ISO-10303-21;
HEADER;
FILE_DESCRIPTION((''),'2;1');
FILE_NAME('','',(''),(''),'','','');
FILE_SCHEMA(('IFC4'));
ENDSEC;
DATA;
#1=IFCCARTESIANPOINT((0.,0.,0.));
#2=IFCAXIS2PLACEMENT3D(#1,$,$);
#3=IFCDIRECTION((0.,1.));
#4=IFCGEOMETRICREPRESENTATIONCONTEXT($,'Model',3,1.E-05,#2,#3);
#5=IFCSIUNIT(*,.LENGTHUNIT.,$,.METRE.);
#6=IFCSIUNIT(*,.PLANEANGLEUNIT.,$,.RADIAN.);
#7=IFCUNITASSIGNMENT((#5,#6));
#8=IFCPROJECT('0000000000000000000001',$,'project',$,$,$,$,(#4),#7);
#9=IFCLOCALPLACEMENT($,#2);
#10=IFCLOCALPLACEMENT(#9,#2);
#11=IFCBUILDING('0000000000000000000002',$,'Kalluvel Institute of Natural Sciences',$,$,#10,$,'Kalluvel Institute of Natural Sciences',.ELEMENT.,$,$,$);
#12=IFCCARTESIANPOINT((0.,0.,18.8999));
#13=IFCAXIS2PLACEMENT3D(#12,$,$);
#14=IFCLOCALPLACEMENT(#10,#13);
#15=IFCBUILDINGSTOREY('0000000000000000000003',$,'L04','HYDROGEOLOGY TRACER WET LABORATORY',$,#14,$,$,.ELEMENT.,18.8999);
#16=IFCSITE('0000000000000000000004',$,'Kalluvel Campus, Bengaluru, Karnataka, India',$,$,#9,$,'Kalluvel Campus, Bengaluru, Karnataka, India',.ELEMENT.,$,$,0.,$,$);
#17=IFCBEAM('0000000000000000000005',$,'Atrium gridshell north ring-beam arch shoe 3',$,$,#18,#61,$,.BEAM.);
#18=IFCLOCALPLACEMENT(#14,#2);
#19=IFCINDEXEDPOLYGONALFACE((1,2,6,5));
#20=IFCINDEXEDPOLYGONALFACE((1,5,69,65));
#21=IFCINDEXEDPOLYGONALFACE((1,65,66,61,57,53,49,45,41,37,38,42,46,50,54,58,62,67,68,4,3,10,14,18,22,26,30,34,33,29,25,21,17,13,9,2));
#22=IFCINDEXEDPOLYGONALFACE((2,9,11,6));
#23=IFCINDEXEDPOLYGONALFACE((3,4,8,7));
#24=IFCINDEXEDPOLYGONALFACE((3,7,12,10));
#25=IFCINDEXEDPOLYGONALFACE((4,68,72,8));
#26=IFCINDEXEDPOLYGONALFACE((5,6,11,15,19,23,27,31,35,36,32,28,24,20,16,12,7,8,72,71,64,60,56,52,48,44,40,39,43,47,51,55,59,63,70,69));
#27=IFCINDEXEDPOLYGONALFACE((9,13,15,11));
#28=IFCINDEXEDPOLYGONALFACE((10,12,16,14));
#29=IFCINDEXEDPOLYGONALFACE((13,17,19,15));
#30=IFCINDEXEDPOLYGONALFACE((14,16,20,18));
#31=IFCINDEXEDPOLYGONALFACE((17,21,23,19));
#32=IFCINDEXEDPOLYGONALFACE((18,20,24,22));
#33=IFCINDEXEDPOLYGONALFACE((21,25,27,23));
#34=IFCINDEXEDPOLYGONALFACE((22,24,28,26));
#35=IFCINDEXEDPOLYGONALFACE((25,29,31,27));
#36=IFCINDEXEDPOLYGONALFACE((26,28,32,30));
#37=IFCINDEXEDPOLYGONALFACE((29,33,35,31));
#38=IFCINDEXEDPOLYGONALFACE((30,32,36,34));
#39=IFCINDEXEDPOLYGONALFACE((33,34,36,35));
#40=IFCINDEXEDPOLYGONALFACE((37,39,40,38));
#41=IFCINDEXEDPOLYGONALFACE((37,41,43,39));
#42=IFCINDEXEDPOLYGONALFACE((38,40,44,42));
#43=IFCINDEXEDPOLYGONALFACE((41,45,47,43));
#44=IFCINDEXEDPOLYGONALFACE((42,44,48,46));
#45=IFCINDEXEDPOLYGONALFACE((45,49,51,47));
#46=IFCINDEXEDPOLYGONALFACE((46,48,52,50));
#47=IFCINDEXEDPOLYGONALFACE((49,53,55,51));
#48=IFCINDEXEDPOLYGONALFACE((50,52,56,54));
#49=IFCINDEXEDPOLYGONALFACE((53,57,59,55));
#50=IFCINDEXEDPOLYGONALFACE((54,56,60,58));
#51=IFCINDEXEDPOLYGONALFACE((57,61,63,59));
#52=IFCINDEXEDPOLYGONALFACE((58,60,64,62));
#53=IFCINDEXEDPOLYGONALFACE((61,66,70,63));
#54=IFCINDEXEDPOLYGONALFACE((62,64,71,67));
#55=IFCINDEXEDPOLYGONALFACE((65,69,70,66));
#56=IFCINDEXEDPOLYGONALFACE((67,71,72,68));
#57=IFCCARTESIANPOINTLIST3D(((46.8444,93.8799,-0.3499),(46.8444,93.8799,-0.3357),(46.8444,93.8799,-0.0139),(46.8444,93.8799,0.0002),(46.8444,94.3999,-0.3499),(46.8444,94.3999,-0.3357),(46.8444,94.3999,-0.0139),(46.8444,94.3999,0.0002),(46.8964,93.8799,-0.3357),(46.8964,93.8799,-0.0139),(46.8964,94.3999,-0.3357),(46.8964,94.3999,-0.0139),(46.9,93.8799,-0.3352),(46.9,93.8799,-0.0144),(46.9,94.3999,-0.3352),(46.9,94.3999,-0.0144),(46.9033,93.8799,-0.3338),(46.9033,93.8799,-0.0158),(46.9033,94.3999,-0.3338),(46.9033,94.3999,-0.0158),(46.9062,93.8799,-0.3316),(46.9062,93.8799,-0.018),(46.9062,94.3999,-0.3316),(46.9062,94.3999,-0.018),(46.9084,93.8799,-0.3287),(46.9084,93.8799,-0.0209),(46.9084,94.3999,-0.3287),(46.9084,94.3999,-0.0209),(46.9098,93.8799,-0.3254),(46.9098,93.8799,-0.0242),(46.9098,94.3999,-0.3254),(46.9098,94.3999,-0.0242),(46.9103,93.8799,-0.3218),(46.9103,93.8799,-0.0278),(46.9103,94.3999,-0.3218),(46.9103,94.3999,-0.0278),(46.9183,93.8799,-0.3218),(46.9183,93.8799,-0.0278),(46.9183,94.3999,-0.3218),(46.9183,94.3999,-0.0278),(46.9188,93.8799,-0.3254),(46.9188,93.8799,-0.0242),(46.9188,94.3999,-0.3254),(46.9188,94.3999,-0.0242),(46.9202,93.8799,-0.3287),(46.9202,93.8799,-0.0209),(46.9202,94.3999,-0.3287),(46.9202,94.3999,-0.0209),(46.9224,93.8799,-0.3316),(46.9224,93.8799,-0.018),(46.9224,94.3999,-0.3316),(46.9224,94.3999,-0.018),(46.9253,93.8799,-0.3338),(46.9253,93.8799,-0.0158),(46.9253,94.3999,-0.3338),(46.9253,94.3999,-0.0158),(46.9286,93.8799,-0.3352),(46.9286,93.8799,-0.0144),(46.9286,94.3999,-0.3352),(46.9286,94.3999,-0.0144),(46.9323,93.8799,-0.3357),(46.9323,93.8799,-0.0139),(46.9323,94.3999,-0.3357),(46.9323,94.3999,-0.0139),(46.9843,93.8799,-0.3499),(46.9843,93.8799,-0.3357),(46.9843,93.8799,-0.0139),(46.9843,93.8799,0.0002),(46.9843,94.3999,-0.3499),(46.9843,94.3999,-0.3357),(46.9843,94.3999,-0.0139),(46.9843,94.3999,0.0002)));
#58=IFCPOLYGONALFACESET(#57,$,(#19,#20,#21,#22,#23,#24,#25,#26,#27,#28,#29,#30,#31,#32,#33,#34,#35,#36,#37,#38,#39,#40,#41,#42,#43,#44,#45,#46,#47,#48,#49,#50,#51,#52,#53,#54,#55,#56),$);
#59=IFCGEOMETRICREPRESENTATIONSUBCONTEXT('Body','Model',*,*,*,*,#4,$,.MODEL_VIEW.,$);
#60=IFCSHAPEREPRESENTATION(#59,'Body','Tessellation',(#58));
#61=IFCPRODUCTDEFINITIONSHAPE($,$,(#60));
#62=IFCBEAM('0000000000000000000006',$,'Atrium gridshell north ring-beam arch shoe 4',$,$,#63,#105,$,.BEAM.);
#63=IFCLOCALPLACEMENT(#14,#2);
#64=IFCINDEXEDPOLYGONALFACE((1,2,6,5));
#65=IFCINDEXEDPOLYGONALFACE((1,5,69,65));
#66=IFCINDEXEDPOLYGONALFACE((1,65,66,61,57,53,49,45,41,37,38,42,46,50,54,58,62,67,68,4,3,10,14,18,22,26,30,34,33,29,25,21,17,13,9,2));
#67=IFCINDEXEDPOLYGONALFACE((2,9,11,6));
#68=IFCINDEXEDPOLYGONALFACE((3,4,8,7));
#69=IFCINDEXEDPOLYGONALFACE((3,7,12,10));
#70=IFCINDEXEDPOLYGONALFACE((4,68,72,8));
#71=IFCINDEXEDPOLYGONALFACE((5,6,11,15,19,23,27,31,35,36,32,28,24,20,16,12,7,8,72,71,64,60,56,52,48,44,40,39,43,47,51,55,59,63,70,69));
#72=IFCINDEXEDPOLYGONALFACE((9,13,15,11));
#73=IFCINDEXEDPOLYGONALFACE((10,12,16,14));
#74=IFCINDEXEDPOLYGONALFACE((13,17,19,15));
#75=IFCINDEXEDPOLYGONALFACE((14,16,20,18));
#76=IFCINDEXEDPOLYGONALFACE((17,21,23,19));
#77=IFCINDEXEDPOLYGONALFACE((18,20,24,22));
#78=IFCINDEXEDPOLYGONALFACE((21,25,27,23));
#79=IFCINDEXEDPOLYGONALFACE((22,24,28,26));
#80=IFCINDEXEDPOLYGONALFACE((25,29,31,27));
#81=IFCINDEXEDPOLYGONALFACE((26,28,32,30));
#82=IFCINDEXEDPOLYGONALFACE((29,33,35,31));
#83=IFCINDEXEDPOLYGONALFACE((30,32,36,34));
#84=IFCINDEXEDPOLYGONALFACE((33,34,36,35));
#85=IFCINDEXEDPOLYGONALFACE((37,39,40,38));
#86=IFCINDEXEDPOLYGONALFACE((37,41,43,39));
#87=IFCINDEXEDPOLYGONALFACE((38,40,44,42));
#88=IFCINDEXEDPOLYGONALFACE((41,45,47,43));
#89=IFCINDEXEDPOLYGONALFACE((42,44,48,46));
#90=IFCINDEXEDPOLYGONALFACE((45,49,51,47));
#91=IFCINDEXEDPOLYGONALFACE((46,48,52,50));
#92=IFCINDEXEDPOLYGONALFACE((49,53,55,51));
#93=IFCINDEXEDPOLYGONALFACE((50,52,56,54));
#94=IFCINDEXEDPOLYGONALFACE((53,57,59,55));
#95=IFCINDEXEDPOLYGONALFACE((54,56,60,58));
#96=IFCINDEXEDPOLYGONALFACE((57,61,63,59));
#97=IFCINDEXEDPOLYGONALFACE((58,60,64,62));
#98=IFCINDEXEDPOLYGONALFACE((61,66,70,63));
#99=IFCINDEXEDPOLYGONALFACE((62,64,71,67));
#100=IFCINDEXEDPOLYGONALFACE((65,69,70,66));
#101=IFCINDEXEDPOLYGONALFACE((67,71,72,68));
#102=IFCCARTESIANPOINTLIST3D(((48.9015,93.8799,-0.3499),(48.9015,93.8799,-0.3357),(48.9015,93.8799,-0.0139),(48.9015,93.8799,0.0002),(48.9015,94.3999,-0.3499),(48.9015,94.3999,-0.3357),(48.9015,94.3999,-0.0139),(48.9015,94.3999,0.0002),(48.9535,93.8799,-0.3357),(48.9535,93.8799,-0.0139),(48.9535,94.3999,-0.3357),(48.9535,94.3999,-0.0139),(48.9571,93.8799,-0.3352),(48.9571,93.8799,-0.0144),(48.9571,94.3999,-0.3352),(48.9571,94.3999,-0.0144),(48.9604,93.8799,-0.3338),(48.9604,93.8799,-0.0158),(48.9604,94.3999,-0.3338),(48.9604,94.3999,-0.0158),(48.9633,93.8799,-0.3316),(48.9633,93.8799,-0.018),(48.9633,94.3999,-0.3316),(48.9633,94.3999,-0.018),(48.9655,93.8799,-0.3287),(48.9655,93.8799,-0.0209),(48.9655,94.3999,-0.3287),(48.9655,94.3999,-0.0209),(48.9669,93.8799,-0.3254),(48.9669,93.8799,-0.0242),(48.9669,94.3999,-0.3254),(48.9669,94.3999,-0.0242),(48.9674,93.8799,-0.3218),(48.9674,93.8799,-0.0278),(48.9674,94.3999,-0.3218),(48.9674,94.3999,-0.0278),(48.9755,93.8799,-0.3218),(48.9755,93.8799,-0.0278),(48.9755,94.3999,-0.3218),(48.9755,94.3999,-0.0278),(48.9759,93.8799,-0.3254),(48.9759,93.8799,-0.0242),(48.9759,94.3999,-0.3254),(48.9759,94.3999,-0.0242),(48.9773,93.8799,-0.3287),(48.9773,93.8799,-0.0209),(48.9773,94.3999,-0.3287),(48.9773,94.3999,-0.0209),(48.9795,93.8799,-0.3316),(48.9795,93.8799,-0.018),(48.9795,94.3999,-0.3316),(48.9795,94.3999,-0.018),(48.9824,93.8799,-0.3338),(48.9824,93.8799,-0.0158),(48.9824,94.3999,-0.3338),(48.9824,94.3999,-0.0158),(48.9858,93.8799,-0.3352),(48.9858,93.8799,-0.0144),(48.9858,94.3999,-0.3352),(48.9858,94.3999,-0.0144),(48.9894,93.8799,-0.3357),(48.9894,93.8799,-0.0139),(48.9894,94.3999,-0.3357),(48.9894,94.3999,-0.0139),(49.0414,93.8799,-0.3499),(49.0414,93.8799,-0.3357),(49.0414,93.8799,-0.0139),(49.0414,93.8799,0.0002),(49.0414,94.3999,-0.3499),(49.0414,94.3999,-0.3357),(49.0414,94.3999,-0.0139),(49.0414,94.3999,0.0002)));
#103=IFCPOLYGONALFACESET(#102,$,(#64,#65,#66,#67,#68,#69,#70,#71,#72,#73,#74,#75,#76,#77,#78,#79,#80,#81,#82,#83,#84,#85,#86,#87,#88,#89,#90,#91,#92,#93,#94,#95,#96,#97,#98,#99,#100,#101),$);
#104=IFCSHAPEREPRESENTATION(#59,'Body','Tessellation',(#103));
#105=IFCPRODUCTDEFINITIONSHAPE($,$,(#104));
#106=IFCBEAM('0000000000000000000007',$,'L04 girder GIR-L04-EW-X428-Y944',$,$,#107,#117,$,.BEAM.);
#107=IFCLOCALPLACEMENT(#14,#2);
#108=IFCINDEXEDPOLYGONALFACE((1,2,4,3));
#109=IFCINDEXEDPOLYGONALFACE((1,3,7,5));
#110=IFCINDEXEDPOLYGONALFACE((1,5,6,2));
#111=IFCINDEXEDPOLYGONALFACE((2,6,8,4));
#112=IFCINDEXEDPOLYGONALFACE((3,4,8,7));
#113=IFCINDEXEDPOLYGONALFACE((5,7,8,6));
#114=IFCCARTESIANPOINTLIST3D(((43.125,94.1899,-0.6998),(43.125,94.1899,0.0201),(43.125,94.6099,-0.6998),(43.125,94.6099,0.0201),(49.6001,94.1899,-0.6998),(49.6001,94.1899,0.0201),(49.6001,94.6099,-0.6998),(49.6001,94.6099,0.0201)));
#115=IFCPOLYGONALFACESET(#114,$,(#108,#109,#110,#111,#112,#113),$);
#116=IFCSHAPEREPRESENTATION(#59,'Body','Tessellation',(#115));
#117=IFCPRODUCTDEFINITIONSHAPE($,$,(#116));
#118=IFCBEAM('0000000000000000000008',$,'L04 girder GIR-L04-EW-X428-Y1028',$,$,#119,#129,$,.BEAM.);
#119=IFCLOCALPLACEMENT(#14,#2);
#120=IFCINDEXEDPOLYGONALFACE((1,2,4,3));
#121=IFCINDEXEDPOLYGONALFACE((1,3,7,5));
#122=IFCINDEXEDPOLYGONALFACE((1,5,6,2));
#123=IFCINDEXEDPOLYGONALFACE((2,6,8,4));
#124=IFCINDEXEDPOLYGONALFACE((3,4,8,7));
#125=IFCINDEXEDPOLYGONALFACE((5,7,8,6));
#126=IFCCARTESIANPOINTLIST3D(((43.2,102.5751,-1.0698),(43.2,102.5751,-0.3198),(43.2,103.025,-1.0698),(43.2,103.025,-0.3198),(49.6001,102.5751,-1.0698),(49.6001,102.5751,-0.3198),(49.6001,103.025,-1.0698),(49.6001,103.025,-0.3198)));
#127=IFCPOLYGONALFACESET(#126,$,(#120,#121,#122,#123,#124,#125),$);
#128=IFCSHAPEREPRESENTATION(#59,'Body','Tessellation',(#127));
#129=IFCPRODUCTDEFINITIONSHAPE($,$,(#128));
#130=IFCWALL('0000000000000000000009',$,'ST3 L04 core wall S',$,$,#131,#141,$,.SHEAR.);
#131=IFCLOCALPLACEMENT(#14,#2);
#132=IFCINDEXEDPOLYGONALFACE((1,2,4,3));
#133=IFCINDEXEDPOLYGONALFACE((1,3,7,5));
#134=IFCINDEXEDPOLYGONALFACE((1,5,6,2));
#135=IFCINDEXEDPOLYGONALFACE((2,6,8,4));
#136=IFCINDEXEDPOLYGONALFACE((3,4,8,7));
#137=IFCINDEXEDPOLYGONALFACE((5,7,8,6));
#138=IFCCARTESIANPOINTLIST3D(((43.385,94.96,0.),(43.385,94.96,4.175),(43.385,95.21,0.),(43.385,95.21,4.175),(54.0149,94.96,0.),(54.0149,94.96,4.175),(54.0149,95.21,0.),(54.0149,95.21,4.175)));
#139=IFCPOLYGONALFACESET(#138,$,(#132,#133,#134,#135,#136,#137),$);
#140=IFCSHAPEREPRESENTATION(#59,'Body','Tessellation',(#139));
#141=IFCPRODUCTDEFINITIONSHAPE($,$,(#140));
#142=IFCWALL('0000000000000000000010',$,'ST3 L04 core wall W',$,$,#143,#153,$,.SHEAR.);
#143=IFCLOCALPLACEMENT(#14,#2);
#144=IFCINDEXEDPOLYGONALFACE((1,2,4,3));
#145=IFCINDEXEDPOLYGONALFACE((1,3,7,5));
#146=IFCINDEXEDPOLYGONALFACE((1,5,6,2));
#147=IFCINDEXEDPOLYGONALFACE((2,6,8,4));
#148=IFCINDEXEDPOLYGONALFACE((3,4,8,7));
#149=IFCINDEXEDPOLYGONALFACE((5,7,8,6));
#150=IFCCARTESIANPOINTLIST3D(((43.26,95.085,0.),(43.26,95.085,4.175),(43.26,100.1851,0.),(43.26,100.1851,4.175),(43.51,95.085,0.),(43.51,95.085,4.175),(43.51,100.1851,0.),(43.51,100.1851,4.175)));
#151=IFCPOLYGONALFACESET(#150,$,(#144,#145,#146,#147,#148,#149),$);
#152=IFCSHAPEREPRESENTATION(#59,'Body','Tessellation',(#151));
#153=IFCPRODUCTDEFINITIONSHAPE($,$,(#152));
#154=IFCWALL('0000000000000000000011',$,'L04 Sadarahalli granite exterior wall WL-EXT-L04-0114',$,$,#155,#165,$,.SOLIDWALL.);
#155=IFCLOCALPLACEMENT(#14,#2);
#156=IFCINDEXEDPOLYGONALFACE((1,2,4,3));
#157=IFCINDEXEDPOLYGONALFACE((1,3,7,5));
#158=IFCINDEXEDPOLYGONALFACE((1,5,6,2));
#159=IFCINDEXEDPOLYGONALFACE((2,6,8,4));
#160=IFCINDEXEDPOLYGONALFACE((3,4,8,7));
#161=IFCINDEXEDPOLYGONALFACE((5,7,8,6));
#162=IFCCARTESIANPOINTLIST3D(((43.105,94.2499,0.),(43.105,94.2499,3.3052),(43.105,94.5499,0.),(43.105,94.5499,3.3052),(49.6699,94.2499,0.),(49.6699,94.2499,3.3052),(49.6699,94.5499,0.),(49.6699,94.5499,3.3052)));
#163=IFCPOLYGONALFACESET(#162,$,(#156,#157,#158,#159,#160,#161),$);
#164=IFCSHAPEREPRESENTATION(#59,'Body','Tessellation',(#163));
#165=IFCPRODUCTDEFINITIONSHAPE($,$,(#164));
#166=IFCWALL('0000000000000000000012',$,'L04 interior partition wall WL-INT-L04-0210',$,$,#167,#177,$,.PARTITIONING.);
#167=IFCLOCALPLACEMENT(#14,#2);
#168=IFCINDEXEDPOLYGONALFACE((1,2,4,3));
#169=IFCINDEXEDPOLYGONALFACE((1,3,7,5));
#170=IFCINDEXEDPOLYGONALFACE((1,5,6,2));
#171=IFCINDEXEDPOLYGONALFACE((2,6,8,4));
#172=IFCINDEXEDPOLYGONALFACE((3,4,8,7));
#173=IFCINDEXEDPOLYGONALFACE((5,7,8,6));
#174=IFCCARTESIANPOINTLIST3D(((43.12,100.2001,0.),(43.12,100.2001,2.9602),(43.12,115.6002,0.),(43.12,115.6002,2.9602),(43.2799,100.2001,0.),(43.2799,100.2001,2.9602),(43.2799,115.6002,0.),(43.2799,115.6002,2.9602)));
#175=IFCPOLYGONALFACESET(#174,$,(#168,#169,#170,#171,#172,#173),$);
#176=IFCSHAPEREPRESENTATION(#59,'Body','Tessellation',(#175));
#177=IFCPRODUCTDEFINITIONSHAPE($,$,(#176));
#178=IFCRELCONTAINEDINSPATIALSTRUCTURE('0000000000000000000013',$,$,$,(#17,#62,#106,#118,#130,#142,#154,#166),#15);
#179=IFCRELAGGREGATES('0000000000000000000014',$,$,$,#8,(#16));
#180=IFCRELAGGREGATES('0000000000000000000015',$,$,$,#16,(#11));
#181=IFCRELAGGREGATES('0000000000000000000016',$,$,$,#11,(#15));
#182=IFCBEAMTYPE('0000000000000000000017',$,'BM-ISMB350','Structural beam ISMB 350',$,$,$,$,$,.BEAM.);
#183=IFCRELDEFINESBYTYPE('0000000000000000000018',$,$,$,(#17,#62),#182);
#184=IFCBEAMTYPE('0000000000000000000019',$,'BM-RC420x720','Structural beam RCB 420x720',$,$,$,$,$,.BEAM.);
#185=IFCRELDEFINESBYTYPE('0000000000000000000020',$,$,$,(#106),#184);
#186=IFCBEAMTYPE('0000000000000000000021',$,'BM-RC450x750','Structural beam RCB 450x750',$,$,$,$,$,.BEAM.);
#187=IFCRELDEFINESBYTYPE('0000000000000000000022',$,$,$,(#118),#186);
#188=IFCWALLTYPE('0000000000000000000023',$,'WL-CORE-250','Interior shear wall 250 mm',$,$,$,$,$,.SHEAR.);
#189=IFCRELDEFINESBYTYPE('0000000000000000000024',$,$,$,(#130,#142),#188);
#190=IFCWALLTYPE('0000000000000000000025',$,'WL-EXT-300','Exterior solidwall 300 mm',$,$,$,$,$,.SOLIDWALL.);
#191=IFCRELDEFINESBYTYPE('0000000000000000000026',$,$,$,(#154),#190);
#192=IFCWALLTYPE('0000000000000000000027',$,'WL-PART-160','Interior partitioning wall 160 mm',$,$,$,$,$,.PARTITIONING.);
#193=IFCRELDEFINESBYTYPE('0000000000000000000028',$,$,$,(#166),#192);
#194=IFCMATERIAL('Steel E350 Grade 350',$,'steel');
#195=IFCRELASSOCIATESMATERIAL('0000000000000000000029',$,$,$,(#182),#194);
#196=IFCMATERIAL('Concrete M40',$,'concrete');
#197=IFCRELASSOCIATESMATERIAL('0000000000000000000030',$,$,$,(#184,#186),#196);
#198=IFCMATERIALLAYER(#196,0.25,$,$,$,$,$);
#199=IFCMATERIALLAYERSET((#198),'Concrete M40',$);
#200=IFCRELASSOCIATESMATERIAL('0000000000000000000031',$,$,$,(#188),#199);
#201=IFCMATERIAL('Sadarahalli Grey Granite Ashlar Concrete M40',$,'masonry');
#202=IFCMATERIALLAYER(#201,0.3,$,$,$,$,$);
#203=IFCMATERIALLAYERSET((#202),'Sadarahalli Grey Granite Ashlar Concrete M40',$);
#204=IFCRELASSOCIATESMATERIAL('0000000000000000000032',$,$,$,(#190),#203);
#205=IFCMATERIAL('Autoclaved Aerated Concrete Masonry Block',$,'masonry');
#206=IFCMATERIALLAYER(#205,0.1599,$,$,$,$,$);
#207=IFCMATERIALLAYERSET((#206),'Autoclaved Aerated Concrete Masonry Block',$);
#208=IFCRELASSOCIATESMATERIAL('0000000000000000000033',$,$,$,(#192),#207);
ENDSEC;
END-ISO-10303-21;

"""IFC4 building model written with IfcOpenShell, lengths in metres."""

from ifc_helpers import new_model, si_unit, direction, frame, frame_2d, origin, origin_2d, place, context, subcontext, project, spatial, rectangle, i_section, extrude, material, layer, layer_set, material_profile, profile_set, type_object, element, save


model = new_model("IFC4")

# Units and contexts
model_context = context("Model", 3, precision=1e-05, world=origin(), true_north=direction((0.0, 1.0)))
body_context = subcontext(model_context, "Body", "Model", "MODEL_VIEW")
ifc_project = project(units=[si_unit("LENGTHUNIT", "METRE"), si_unit("PLANEANGLEUNIT", "RADIAN")], contexts=[model_context])

# Site, building, storey
site_placement = place(None, origin())
site = spatial("IfcSite", under=ifc_project, at=site_placement, Name="Kalluvel Campus, Bengaluru, Karnataka, India", LongName="Kalluvel Campus, Bengaluru, Karnataka, India", CompositionType="ELEMENT", RefElevation=0.0)
building_placement = place(site_placement, origin())
building = spatial("IfcBuilding", under=site, at=building_placement, Name="Kalluvel Institute of Natural Sciences", LongName="Kalluvel Institute of Natural Sciences", CompositionType="ELEMENT")
storey_placement = place(building_placement, frame((0.0, 0.0, 18.8999)))
storey = spatial("IfcBuildingStorey", under=building, at=storey_placement, Name="L04", Description="HYDROGEOLOGY TRACER WET LABORATORY", CompositionType="ELEMENT", Elevation=18.8999)

# Shared definitions
ifc_material_1 = material(Name="Concrete M40", Category="concrete")

# Beams
ifc_material_2 = material(Name="Steel E350 Grade 350", Category="steel")
ifc_material_profile_1 = material_profile(ifc_material_2, i_section(OverallWidth=0.1399, OverallDepth=0.3501, WebThickness=0.0081, FlangeThickness=0.0142, FilletRadius=0.0139, at=origin_2d()), Name="ISMB 350")
ifc_profile_set_1 = profile_set([ifc_material_profile_1], Name="Steel E350 Grade 350")
beam_type_1 = type_object("IfcBeamType", Name="BM-ISMB350", Description="Structural beam ISMB 350", PredefinedType="BEAM", material=ifc_profile_set_1)
for number, where, z_axis, x_axis, name in (
    (1, (46.9143, 93.8799, -0.1748), (0.0, 1.0, 0.0), (-1.0, 0.0, 0.0), "Atrium gridshell north ring-beam arch shoe 3"),
    (2, (48.9714, 93.8799, -0.1748), (0.0, 1.0, 0.0), (-1.0, 0.0, 0.0), "Atrium gridshell north ring-beam arch shoe 4"),
):
    element("IfcBeam", number, at=place(storey_placement, frame(where, z_axis=z_axis, x_axis=x_axis)), inside=storey, type_object=beam_type_1, Name=name, PredefinedType="BEAM", context=body_context, shape_type="SweptSolid", body=[
        extrude(i_section(OverallWidth=0.1399, OverallDepth=0.3501, WebThickness=0.0081, FlangeThickness=0.0142, FilletRadius=0.0139, at=origin_2d()), origin(), (0.0, 0.0, 1.0), 0.52),
    ])
ifc_material_profile_2 = material_profile(ifc_material_1, rectangle(XDim=0.4199, YDim=0.72, at=origin_2d()), Name="RCB 420x720")
ifc_profile_set_2 = profile_set([ifc_material_profile_2], Name="Concrete M40")
beam_type_2 = type_object("IfcBeamType", Name="BM-RC420x720", Description="Structural beam RCB 420x720", PredefinedType="BEAM", material=ifc_profile_set_2)
beam_1_placement = place(storey_placement, frame((43.125, 94.3999, -0.3398), z_axis=(1.0, 0.0, 0.0), x_axis=(0.0, 1.0, 0.0)))
element("IfcBeam", 3, at=beam_1_placement, inside=storey, type_object=beam_type_2, Name="L04 girder GIR-L04-EW-X428-Y944", PredefinedType="BEAM", context=body_context, shape_type="SweptSolid", body=[
    extrude(rectangle(XDim=0.4199, YDim=0.72, at=origin_2d()), origin(), (0.0, 0.0, 1.0), 6.4751),
])
ifc_material_profile_3 = material_profile(ifc_material_1, rectangle(XDim=0.45, YDim=0.75, at=origin_2d()), Name="RCB 450x750")
ifc_profile_set_3 = profile_set([ifc_material_profile_3], Name="Concrete M40")
beam_type_3 = type_object("IfcBeamType", Name="BM-RC450x750", Description="Structural beam RCB 450x750", PredefinedType="BEAM", material=ifc_profile_set_3)
beam_2_placement = place(storey_placement, frame((43.2, 102.8, -0.6948), z_axis=(1.0, 0.0, 0.0), x_axis=(0.0, 1.0, 0.0)))
element("IfcBeam", 4, at=beam_2_placement, inside=storey, type_object=beam_type_3, Name="L04 girder GIR-L04-EW-X428-Y1028", PredefinedType="BEAM", context=body_context, shape_type="SweptSolid", body=[
    extrude(rectangle(XDim=0.45, YDim=0.75, at=origin_2d()), origin(), (0.0, 0.0, 1.0), 6.4001),
])

# Walls
ifc_layer_1 = layer(ifc_material_1, 0.25)
ifc_layer_set_1 = layer_set([ifc_layer_1], Name="Concrete M40")
wall_type_1 = type_object("IfcWallType", Name="WL-CORE-250", Description="Interior shear wall 250 mm", PredefinedType="SHEAR", material=ifc_layer_set_1)
wall_1_placement = place(storey_placement, frame((43.385, 95.085, 0.0), z_axis=(0.0, 0.0, 1.0), x_axis=(1.0, 0.0, 0.0)))
element("IfcWall", 5, at=wall_1_placement, inside=storey, type_object=wall_type_1, Name="ST3 L04 core wall S", PredefinedType="SHEAR", context=body_context, shape_type="SweptSolid", body=[
    extrude(rectangle(XDim=10.6299, YDim=0.25, at=frame_2d((5.3149, 0.0))), origin(), (0.0, 0.0, 1.0), 4.175),
])
wall_2_placement = place(storey_placement, frame((43.385, 100.1851, 0.0), z_axis=(0.0, 0.0, 1.0), x_axis=(0.0, -1.0, 0.0)))
element("IfcWall", 6, at=wall_2_placement, inside=storey, type_object=wall_type_1, Name="ST3 L04 core wall W", PredefinedType="SHEAR", context=body_context, shape_type="SweptSolid", body=[
    extrude(rectangle(XDim=5.1001, YDim=0.25, at=frame_2d((2.55, 0.0))), origin(), (0.0, 0.0, 1.0), 4.175),
])
ifc_material_3 = material(Name="Sadarahalli Grey Granite Ashlar Concrete M40", Category="masonry")
ifc_layer_2 = layer(ifc_material_3, 0.3)
ifc_layer_set_2 = layer_set([ifc_layer_2], Name="Sadarahalli Grey Granite Ashlar Concrete M40")
wall_type_2 = type_object("IfcWallType", Name="WL-EXT-300", Description="Exterior solidwall 300 mm", PredefinedType="SOLIDWALL", material=ifc_layer_set_2)
wall_3_placement = place(storey_placement, frame((43.105, 94.3999, 0.0), z_axis=(0.0, 0.0, 1.0), x_axis=(1.0, 0.0, 0.0)))
element("IfcWall", 7, at=wall_3_placement, inside=storey, type_object=wall_type_2, Name="L04 Sadarahalli granite exterior wall WL-EXT-L04-0114", PredefinedType="SOLIDWALL", context=body_context, shape_type="SweptSolid", body=[
    extrude(rectangle(XDim=6.5649, YDim=0.3, at=frame_2d((3.2825, 0.0))), origin(), (0.0, 0.0, 1.0), 3.3052),
])
ifc_material_4 = material(Name="Autoclaved Aerated Concrete Masonry Block", Category="masonry")
ifc_layer_3 = layer(ifc_material_4, 0.1599)
ifc_layer_set_3 = layer_set([ifc_layer_3], Name="Autoclaved Aerated Concrete Masonry Block")
wall_type_3 = type_object("IfcWallType", Name="WL-PART-160", Description="Interior partitioning wall 160 mm", PredefinedType="PARTITIONING", material=ifc_layer_set_3)
wall_4_placement = place(storey_placement, frame((43.2, 100.2, 0.0), z_axis=(0.0, 0.0, 1.0), x_axis=(0.0, 1.0, 0.0)))
element("IfcWall", 8, at=wall_4_placement, inside=storey, type_object=wall_type_3, Name="L04 interior partition wall WL-INT-L04-0210", PredefinedType="PARTITIONING", context=body_context, shape_type="SweptSolid", body=[
    extrude(rectangle(XDim=15.4001, YDim=0.1599, at=frame_2d((7.7002, 0.0))), origin(), (0.0, 0.0, 1.0), 2.9602),
])

save(model, "model.ifc")
